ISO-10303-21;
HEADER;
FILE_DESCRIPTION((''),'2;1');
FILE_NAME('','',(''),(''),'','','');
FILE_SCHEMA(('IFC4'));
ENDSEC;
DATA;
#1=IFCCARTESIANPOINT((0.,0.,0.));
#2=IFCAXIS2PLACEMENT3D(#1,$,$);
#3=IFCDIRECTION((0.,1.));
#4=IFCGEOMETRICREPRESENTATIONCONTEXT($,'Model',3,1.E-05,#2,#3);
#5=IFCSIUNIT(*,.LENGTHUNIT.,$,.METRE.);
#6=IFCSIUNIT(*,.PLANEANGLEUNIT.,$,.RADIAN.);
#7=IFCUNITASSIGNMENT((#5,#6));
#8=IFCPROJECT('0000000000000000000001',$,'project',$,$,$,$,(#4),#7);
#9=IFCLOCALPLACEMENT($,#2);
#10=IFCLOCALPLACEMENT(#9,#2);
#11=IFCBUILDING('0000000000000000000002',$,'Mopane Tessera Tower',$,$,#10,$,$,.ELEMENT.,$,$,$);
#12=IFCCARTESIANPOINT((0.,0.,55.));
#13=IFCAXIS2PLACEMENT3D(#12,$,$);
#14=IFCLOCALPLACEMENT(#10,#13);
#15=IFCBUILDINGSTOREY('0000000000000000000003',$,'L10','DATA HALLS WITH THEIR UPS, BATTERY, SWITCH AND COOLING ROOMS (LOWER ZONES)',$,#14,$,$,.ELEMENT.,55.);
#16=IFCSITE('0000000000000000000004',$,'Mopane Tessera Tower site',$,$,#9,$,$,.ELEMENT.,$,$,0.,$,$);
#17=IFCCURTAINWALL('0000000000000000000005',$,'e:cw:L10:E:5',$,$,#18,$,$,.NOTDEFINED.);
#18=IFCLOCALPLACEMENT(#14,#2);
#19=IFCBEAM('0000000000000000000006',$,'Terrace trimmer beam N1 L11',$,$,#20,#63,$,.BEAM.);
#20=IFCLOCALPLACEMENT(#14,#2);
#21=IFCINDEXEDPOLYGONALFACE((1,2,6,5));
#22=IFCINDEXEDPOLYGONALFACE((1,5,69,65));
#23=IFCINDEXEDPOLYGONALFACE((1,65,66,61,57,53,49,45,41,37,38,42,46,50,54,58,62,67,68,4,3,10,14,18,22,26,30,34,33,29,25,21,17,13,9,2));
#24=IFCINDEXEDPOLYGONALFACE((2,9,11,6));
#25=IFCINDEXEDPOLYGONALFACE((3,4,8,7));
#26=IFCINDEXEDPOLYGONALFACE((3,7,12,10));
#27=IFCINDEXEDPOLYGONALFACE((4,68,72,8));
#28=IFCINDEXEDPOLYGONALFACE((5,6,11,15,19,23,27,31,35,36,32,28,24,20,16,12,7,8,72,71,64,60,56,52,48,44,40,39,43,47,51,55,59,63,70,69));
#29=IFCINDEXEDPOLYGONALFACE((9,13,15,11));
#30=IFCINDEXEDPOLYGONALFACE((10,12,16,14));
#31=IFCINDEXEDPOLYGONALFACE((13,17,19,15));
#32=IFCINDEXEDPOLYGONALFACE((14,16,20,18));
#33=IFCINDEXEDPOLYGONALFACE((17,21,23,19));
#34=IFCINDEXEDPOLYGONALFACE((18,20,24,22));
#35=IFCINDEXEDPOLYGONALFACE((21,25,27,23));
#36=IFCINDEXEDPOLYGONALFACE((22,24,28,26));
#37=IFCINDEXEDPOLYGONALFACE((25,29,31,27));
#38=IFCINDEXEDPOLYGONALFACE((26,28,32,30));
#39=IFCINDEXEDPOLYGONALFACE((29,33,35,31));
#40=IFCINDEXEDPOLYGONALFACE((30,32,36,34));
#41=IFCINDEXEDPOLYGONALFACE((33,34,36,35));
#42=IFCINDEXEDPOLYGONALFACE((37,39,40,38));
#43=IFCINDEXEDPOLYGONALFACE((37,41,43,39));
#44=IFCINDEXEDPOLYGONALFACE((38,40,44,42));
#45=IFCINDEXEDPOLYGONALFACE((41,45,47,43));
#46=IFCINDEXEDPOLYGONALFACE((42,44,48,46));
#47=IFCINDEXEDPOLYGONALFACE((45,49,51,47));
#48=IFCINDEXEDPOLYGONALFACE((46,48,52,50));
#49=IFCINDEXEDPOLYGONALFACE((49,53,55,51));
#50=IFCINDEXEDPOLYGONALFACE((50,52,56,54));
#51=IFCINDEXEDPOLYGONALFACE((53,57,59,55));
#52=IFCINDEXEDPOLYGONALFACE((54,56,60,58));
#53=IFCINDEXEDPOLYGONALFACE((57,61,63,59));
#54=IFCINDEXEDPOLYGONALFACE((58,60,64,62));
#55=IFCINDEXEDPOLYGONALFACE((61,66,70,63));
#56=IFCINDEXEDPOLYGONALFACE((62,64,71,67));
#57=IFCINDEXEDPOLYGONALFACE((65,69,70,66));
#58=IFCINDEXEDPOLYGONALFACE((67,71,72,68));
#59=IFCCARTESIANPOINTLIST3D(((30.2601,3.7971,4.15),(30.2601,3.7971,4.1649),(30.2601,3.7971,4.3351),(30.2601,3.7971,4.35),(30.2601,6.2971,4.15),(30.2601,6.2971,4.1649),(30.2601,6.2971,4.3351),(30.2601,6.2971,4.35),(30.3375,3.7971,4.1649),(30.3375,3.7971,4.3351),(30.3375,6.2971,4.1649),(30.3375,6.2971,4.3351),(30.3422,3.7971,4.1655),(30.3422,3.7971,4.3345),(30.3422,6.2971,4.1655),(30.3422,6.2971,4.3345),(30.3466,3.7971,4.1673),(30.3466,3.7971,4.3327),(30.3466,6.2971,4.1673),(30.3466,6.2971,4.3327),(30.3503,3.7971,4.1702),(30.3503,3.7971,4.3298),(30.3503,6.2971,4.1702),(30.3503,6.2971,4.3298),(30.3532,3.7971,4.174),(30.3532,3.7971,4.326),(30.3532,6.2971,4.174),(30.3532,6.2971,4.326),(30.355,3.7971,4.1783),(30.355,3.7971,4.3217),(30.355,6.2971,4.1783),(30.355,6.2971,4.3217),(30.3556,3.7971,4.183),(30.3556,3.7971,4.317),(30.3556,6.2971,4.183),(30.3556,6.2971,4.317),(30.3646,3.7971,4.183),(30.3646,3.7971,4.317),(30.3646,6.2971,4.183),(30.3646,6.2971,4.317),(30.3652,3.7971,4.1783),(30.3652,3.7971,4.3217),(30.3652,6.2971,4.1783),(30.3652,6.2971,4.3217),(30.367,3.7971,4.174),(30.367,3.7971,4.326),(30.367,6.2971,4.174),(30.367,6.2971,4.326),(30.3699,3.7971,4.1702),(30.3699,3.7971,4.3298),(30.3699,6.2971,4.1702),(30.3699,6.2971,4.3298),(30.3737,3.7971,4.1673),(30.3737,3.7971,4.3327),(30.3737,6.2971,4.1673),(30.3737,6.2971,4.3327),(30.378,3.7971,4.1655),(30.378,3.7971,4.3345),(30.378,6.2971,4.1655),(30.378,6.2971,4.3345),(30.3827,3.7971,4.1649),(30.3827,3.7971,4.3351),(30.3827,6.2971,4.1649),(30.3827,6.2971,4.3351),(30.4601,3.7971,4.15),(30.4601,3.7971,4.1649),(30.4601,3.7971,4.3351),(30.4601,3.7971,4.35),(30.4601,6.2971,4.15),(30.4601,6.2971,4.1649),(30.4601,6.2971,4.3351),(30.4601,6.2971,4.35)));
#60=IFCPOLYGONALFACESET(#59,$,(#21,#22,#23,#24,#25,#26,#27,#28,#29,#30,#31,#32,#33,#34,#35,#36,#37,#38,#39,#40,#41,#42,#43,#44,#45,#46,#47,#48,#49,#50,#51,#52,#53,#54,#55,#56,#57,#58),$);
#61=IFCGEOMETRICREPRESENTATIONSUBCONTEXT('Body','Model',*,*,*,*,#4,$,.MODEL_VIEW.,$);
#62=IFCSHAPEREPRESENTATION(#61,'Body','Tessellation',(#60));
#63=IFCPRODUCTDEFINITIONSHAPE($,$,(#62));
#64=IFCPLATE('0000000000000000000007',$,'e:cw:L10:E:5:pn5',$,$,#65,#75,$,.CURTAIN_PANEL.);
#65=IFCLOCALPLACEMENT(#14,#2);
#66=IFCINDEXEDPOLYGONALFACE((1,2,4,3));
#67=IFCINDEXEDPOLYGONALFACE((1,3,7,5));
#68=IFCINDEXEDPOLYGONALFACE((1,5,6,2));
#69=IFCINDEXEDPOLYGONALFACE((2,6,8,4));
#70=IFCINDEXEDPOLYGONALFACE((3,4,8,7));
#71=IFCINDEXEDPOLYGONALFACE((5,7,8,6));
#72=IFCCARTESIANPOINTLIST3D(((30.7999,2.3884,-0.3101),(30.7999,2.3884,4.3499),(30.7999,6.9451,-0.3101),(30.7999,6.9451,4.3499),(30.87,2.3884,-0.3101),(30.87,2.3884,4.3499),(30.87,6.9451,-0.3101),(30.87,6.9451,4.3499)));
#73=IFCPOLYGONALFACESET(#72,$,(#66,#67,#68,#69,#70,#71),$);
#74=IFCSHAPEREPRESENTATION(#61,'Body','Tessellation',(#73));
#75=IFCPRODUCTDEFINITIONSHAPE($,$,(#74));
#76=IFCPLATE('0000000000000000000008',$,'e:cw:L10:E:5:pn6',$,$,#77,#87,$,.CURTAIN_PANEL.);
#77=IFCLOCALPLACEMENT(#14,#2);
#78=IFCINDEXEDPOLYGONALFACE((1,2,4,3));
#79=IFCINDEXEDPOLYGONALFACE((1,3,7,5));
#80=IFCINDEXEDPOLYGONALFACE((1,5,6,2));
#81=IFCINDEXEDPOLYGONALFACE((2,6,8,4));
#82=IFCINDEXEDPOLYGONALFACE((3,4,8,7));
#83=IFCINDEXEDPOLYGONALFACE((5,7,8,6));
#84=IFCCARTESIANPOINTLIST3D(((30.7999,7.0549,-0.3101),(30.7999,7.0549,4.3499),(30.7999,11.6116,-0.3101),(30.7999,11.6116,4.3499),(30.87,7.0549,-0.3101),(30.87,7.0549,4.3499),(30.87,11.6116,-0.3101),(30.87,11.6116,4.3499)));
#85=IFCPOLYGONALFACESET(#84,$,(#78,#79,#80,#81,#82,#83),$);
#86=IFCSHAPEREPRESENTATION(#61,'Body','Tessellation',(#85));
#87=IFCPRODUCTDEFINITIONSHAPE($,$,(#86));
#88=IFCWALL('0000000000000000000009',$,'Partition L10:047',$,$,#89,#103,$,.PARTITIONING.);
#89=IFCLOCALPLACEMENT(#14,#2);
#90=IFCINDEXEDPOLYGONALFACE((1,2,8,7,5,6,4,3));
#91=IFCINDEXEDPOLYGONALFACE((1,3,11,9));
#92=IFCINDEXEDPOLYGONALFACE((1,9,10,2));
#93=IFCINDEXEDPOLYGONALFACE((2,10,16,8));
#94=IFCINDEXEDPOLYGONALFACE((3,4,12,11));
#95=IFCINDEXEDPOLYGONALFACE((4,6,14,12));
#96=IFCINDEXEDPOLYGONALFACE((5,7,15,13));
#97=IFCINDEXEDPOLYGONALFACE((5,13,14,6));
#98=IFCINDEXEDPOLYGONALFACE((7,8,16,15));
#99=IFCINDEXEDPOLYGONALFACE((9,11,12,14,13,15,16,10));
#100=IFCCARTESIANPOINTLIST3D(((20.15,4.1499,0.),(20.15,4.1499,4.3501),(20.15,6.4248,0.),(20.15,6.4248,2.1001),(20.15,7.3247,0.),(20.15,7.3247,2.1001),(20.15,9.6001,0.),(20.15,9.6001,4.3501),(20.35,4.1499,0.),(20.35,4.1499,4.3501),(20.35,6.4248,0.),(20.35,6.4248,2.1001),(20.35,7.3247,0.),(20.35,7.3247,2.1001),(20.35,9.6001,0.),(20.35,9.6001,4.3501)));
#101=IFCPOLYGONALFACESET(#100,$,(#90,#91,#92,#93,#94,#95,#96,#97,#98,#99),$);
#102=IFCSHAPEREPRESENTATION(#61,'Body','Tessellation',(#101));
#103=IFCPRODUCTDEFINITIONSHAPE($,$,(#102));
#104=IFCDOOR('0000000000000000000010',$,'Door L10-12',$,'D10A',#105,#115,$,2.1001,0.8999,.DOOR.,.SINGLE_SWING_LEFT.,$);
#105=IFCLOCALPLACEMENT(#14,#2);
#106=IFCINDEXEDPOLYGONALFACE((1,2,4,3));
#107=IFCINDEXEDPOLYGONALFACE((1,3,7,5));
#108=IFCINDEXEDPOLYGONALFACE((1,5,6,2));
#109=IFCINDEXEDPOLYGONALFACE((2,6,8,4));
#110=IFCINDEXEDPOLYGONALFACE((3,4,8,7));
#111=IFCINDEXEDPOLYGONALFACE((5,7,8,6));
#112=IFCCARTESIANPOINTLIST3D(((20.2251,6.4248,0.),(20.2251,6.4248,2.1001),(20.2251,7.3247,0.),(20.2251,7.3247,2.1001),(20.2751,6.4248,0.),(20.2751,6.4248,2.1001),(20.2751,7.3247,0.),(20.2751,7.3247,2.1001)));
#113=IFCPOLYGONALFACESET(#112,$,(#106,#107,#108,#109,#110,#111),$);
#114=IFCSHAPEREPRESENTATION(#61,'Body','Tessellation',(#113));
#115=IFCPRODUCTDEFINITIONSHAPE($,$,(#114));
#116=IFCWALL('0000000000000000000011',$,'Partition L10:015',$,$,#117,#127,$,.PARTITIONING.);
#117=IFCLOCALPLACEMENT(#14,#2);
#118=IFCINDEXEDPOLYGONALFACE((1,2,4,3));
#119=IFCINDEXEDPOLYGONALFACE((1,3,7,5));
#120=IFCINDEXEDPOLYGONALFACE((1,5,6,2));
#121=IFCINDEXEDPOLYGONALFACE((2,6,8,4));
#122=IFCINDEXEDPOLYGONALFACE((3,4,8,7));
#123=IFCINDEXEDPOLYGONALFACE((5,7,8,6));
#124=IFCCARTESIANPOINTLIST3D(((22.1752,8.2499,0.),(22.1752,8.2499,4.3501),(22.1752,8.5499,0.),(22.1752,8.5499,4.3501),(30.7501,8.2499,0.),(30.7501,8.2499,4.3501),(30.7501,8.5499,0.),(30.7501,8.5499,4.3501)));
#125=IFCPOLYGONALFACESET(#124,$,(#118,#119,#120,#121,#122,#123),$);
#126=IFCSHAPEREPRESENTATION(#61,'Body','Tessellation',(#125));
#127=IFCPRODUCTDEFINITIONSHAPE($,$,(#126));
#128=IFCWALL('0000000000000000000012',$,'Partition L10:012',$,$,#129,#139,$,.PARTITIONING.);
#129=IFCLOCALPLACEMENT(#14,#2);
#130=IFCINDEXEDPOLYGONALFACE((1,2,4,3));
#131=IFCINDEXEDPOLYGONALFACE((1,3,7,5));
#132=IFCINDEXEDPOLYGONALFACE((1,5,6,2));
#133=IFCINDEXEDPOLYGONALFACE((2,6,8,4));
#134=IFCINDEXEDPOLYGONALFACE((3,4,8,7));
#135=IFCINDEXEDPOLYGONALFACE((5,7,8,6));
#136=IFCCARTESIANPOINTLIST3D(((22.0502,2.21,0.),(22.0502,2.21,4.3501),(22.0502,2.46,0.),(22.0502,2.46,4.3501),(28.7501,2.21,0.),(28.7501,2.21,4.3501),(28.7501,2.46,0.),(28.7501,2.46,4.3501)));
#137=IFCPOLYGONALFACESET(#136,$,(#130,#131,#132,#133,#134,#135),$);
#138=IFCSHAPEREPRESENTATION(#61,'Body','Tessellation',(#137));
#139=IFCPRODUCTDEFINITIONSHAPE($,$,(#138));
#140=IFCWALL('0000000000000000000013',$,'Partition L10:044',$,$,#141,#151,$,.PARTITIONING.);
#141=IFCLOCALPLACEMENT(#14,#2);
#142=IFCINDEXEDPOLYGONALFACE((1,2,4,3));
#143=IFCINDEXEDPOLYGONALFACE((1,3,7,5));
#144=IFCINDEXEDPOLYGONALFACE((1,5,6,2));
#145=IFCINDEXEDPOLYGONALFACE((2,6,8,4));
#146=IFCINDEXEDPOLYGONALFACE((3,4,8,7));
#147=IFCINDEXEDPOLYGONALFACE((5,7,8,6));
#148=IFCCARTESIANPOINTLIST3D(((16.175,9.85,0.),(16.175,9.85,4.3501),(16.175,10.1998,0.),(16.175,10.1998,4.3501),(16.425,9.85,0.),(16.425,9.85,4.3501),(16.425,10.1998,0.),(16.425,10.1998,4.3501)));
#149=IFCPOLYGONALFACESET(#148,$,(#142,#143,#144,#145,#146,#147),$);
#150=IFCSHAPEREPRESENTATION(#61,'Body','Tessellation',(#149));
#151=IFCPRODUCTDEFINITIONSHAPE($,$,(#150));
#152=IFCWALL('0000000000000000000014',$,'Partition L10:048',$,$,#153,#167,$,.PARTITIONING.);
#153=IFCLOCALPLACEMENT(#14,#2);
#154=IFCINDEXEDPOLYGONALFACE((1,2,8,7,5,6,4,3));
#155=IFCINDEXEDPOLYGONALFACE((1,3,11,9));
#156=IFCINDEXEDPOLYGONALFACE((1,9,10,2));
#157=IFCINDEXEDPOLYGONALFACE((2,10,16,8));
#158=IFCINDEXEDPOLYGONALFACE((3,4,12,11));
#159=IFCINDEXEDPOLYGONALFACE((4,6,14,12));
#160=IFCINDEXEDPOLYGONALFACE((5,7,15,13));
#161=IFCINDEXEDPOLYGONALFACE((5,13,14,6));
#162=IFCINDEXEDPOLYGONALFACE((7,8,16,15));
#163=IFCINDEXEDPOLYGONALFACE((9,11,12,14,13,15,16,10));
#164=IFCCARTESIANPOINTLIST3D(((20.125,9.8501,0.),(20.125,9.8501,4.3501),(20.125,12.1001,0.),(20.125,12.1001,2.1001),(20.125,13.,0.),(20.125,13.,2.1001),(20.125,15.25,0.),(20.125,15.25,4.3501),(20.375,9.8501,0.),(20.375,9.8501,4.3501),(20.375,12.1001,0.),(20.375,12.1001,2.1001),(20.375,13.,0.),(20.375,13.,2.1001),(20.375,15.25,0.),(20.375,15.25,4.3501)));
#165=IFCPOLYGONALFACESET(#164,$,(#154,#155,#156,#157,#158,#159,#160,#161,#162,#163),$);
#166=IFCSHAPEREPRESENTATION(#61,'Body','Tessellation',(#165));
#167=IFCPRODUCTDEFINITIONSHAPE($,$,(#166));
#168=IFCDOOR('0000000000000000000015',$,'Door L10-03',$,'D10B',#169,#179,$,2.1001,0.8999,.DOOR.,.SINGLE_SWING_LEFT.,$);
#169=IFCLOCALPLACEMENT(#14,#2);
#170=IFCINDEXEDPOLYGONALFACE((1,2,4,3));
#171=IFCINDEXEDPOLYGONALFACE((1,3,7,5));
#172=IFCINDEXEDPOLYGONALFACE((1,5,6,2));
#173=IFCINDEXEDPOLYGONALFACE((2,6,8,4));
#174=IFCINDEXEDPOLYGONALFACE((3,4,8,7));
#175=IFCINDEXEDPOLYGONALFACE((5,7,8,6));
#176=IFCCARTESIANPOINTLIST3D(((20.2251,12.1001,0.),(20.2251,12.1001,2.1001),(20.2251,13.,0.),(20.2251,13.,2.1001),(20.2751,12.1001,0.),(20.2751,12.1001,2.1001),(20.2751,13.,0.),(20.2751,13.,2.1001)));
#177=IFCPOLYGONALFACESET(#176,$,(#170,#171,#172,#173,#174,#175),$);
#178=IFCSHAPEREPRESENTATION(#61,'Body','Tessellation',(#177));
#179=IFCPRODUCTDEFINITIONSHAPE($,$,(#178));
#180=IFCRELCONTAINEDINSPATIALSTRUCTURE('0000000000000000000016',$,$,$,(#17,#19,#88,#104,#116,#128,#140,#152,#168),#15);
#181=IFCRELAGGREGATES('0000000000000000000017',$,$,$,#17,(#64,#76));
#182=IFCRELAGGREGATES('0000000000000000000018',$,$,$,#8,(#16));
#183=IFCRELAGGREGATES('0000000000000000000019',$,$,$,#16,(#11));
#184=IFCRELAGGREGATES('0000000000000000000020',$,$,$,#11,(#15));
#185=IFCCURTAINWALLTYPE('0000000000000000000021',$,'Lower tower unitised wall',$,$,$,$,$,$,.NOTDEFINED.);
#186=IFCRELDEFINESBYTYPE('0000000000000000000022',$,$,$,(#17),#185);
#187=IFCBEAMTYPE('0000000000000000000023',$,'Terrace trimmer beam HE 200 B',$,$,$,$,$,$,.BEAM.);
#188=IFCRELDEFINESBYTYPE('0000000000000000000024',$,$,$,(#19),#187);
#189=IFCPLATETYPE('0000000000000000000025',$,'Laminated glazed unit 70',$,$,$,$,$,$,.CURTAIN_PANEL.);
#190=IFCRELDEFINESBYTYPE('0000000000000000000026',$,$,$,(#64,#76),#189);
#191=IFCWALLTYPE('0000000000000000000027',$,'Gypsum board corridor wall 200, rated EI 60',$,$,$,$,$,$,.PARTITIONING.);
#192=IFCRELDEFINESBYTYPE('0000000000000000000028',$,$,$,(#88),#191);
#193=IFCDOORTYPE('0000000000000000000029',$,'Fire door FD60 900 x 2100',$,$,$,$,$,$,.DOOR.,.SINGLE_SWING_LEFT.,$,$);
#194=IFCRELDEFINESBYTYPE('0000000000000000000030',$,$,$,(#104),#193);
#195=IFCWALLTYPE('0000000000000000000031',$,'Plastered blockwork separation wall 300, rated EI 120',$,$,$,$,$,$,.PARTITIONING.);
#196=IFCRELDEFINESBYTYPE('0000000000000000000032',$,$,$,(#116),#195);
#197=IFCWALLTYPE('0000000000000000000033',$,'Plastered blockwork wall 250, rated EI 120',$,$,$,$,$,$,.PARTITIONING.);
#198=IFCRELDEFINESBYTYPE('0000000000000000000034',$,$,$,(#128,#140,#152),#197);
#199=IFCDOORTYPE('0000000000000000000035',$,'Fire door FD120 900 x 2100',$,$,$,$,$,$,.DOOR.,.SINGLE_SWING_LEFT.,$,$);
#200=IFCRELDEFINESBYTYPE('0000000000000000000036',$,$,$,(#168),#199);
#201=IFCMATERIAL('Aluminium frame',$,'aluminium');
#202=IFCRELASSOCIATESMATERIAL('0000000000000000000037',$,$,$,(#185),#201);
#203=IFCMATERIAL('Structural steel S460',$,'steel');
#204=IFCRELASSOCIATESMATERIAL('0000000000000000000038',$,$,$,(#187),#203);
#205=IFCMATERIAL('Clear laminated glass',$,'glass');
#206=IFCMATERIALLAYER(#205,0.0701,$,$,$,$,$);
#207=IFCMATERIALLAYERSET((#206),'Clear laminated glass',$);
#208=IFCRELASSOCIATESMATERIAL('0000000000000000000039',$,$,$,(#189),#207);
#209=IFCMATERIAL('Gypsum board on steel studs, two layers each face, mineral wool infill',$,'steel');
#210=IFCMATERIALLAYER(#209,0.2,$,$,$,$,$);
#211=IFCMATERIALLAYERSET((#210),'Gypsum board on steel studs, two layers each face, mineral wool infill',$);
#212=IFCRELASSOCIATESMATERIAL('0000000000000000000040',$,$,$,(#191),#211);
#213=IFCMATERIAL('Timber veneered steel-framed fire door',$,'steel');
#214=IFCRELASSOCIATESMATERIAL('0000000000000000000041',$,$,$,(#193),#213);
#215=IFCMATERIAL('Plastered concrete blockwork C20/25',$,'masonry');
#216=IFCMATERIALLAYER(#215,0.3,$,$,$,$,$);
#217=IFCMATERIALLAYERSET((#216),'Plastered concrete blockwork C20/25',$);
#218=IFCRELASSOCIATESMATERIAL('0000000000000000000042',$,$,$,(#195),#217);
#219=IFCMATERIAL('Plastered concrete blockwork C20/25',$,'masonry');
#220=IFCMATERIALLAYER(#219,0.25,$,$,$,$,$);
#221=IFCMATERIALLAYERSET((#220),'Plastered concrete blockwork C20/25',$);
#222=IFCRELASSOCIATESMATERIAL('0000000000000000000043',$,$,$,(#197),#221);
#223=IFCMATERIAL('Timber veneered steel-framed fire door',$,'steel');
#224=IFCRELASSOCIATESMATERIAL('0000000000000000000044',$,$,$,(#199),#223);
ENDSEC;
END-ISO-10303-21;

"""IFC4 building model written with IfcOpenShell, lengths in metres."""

from ifc_helpers import new_model, si_unit, direction, frame, frame_2d, origin, origin_2d, place, context, subcontext, project, spatial, rectangle, i_section, extrude, material, layer, layer_set, material_profile, profile_set, type_object, element, fill, aggregate, save


model = new_model("IFC4")

# Units and contexts
model_context = context("Model", 3, precision=1e-05, world=origin(), true_north=direction((0.0, 1.0)))
body_context = subcontext(model_context, "Body", "Model", "MODEL_VIEW")
ifc_project = project(units=[si_unit("LENGTHUNIT", "METRE"), si_unit("PLANEANGLEUNIT", "RADIAN")], contexts=[model_context])

# Site, building, storey
site_placement = place(None, origin())
site = spatial("IfcSite", under=ifc_project, at=site_placement, Name="Mopane Tessera Tower site", CompositionType="ELEMENT", RefElevation=0.0)
building_placement = place(site_placement, origin())
building = spatial("IfcBuilding", under=site, at=building_placement, Name="Mopane Tessera Tower", CompositionType="ELEMENT")
storey_placement = place(building_placement, frame((0.0, 0.0, 55.0)))
storey = spatial("IfcBuildingStorey", under=building, at=storey_placement, Name="L10", Description="DATA HALLS WITH THEIR UPS, BATTERY, SWITCH AND COOLING ROOMS (LOWER ZONES)", CompositionType="ELEMENT", Elevation=55.0)

# Curtain wall
ifc_material_1 = material(Name="Aluminium frame", Category="aluminium")
curtain_wall_type = type_object("IfcCurtainWallType", Name="Lower tower unitised wall", PredefinedType="NOTDEFINED", material=ifc_material_1)
curtain_wall_placement = place(storey_placement, origin())
curtain_wall = element("IfcCurtainWall", 1, at=curtain_wall_placement, inside=storey, type_object=curtain_wall_type, Name="e:cw:L10:E:5", PredefinedType="NOTDEFINED")

# Beam
ifc_material_2 = material(Name="Structural steel S460", Category="steel")
ifc_material_profile_1 = material_profile(ifc_material_2, i_section(OverallWidth=0.2, OverallDepth=0.2, WebThickness=0.009, FlangeThickness=0.0149, FilletRadius=0.0181, at=origin_2d()))
ifc_profile_set_1 = profile_set([ifc_material_profile_1], Name="Structural steel S460")
beam_type_1 = type_object("IfcBeamType", Name="Terrace trimmer beam HE 200 B", PredefinedType="BEAM", material=ifc_profile_set_1)
beam_1_placement = place(storey_placement, frame((30.3601, 6.2971, 4.25), z_axis=(0.0, -1.0, 0.0), x_axis=(1.0, 0.0, 0.0)))
element("IfcBeam", 2, at=beam_1_placement, inside=storey, type_object=beam_type_1, Name="Terrace trimmer beam N1 L11", PredefinedType="BEAM", context=body_context, shape_type="SweptSolid", body=[
    extrude(i_section(OverallWidth=0.2, OverallDepth=0.2, WebThickness=0.009, FlangeThickness=0.0149, FilletRadius=0.0181, at=origin_2d()), origin(), (0.0, 0.0, 1.0), 2.5),
])

# Plates
ifc_material_3 = material(Name="Clear laminated glass", Category="glass")
ifc_layer_1 = layer(ifc_material_3, 0.0701)
ifc_layer_set_1 = layer_set([ifc_layer_1], Name="Clear laminated glass")
plate_type = type_object("IfcPlateType", Name="Laminated glazed unit 70", PredefinedType="CURTAIN_PANEL", material=ifc_layer_set_1)
plate_1_placement = place(storey_placement, frame((30.835, 4.6667, -0.3101), z_axis=(0.0, 0.0, 1.0), x_axis=(0.0, 1.0, 0.0)))
plate_1 = element("IfcPlate", 3, at=plate_1_placement, type_object=plate_type, Name="e:cw:L10:E:5:pn5", PredefinedType="CURTAIN_PANEL", context=body_context, shape_type="SweptSolid", body=[
    extrude(rectangle(XDim=4.5566, YDim=0.0701, at=origin_2d()), origin(), (0.0, 0.0, 1.0), 4.6599),
])
plate_2_placement = place(storey_placement, frame((30.835, 9.3333, -0.3101), z_axis=(0.0, 0.0, 1.0), x_axis=(0.0, 1.0, 0.0)))
plate_2 = element("IfcPlate", 4, at=plate_2_placement, type_object=plate_type, Name="e:cw:L10:E:5:pn6", PredefinedType="CURTAIN_PANEL", context=body_context, shape_type="SweptSolid", body=[
    extrude(rectangle(XDim=4.5566, YDim=0.0701, at=origin_2d()), origin(), (0.0, 0.0, 1.0), 4.6599),
])
aggregate(curtain_wall, [plate_1, plate_2])

# Wall, opening, door
ifc_material_4 = material(Name="Gypsum board on steel studs, two layers each face, mineral wool infill", Category="steel")
ifc_layer_2 = layer(ifc_material_4, 0.2)
ifc_layer_set_2 = layer_set([ifc_layer_2], Name="Gypsum board on steel studs, two layers each face, mineral wool infill")
wall_type_1 = type_object("IfcWallType", Name="Gypsum board corridor wall 200, rated EI 60", PredefinedType="PARTITIONING", material=ifc_layer_set_2)
wall_1_placement = place(storey_placement, frame((20.25, 4.1499, 0.0), z_axis=(0.0, 0.0, 1.0), x_axis=(0.0, 1.0, 0.0)))
wall_1 = element("IfcWall", 5, at=wall_1_placement, inside=storey, type_object=wall_type_1, Name="Partition L10:047", PredefinedType="PARTITIONING", context=body_context, shape_type="SweptSolid", body=[
    extrude(rectangle(XDim=5.4502, YDim=0.2, at=frame_2d((2.7251, 0.0))), origin(), (0.0, 0.0, 1.0), 4.3501),
])
opening_1_placement = place(wall_1_placement, frame((2.2749, 0.0, 0.0)))
opening_1 = element("IfcOpeningElement", 6, at=opening_1_placement, cuts=wall_1, PredefinedType="OPENING", context=body_context, shape_type="SweptSolid", body=[
    extrude(rectangle(XDim=0.8999, YDim=2.1001, at=frame_2d((0.45, 1.05))), frame((0.0, 0.1121, 0.0), z_axis=(0.0, -1.0, 0.0), x_axis=(1.0, 0.0, 0.0)), (0.0, 0.0, 1.0), 0.2239),
])
ifc_material_5 = material(Name="Timber veneered steel-framed fire door", Category="steel")
door_type_1 = type_object("IfcDoorType", Name="Fire door FD60 900 x 2100", OperationType="SINGLE_SWING_LEFT", PredefinedType="DOOR", material=ifc_material_5)
door_1_placement = place(opening_1_placement, origin())
door_1 = element("IfcDoor", 7, at=door_1_placement, inside=storey, type_object=door_type_1, Name="Door L10-12", ObjectType="D10A", OperationType="SINGLE_SWING_LEFT", OverallHeight=2.1001, OverallWidth=0.8999, PredefinedType="DOOR", context=body_context, shape_type="SweptSolid", body=[
    extrude(rectangle(XDim=0.8999, YDim=2.1001, at=frame_2d((0.45, 1.05))), frame((0.0, 0.0249, 0.0), z_axis=(0.0, -1.0, 0.0), x_axis=(1.0, 0.0, 0.0)), (0.0, 0.0, 1.0), 0.05),
])
fill(opening_1, door_1)

# Walls
ifc_material_6 = material(Name="Plastered concrete blockwork C20/25", Category="masonry")
ifc_layer_3 = layer(ifc_material_6, 0.3)
ifc_layer_set_3 = layer_set([ifc_layer_3], Name="Plastered concrete blockwork C20/25")
wall_type_2 = type_object("IfcWallType", Name="Plastered blockwork separation wall 300, rated EI 120", PredefinedType="PARTITIONING", material=ifc_layer_set_3)
wall_2_placement = place(storey_placement, frame((22.175, 8.3999, 0.0), z_axis=(0.0, 0.0, 1.0), x_axis=(1.0, 0.0, 0.0)))
element("IfcWall", 8, at=wall_2_placement, inside=storey, type_object=wall_type_2, Name="Partition L10:015", PredefinedType="PARTITIONING", context=body_context, shape_type="SweptSolid", body=[
    extrude(rectangle(XDim=8.575, YDim=0.3, at=frame_2d((4.2876, 0.0))), origin(), (0.0, 0.0, 1.0), 4.3501),
])
ifc_material_7 = material(Name="Plastered concrete blockwork C20/25", Category="masonry")
ifc_layer_4 = layer(ifc_material_7, 0.25)
ifc_layer_set_4 = layer_set([ifc_layer_4], Name="Plastered concrete blockwork C20/25")
wall_type_3 = type_object("IfcWallType", Name="Plastered blockwork wall 250, rated EI 120", PredefinedType="PARTITIONING", material=ifc_layer_set_4)
wall_3_placement = place(storey_placement, frame((22.05, 2.335, 0.0), z_axis=(0.0, 0.0, 1.0), x_axis=(1.0, 0.0, 0.0)))
element("IfcWall", 9, at=wall_3_placement, inside=storey, type_object=wall_type_3, Name="Partition L10:012", PredefinedType="PARTITIONING", context=body_context, shape_type="SweptSolid", body=[
    extrude(rectangle(XDim=6.7, YDim=0.25, at=frame_2d((3.3501, 0.0))), origin(), (0.0, 0.0, 1.0), 4.3501),
])
wall_4_placement = place(storey_placement, frame((16.3, 9.8501, 0.0), z_axis=(0.0, 0.0, 1.0), x_axis=(0.0, 1.0, 0.0)))
element("IfcWall", 10, at=wall_4_placement, inside=storey, type_object=wall_type_3, Name="Partition L10:044", PredefinedType="PARTITIONING", context=body_context, shape_type="SweptSolid", body=[
    extrude(rectangle(XDim=0.3499, YDim=0.25, at=frame_2d((0.1748, 0.0))), origin(), (0.0, 0.0, 1.0), 4.3501),
])

# Wall, opening, door
wall_5_placement = place(storey_placement, frame((20.25, 9.8501, 0.0), z_axis=(0.0, 0.0, 1.0), x_axis=(0.0, 1.0, 0.0)))
wall_5 = element("IfcWall", 11, at=wall_5_placement, inside=storey, type_object=wall_type_3, Name="Partition L10:048", PredefinedType="PARTITIONING", context=body_context, shape_type="SweptSolid", body=[
    extrude(rectangle(XDim=5.3999, YDim=0.25, at=frame_2d((2.7, 0.0))), origin(), (0.0, 0.0, 1.0), 4.3501),
])
opening_2_placement = place(wall_5_placement, frame((2.25, 0.0, 0.0)))
opening_2 = element("IfcOpeningElement", 12, at=opening_2_placement, cuts=wall_5, PredefinedType="OPENING", context=body_context, shape_type="SweptSolid", body=[
    extrude(rectangle(XDim=0.8999, YDim=2.1001, at=frame_2d((0.45, 1.05))), frame((0.0, 0.137, 0.0), z_axis=(0.0, -1.0, 0.0), x_axis=(1.0, 0.0, 0.0)), (0.0, 0.0, 1.0), 0.2739),
])
ifc_material_8 = material(Name="Timber veneered steel-framed fire door", Category="steel")
door_type_2 = type_object("IfcDoorType", Name="Fire door FD120 900 x 2100", OperationType="SINGLE_SWING_LEFT", PredefinedType="DOOR", material=ifc_material_8)
door_2_placement = place(opening_2_placement, origin())
door_2 = element("IfcDoor", 13, at=door_2_placement, inside=storey, type_object=door_type_2, Name="Door L10-03", ObjectType="D10B", OperationType="SINGLE_SWING_LEFT", OverallHeight=2.1001, OverallWidth=0.8999, PredefinedType="DOOR", context=body_context, shape_type="SweptSolid", body=[
    extrude(rectangle(XDim=0.8999, YDim=2.1001, at=frame_2d((0.45, 1.05))), frame((0.0, 0.0249, 0.0), z_axis=(0.0, -1.0, 0.0), x_axis=(1.0, 0.0, 0.0)), (0.0, 0.0, 1.0), 0.05),
])
fill(opening_2, door_2)

save(model, "model.ifc")
